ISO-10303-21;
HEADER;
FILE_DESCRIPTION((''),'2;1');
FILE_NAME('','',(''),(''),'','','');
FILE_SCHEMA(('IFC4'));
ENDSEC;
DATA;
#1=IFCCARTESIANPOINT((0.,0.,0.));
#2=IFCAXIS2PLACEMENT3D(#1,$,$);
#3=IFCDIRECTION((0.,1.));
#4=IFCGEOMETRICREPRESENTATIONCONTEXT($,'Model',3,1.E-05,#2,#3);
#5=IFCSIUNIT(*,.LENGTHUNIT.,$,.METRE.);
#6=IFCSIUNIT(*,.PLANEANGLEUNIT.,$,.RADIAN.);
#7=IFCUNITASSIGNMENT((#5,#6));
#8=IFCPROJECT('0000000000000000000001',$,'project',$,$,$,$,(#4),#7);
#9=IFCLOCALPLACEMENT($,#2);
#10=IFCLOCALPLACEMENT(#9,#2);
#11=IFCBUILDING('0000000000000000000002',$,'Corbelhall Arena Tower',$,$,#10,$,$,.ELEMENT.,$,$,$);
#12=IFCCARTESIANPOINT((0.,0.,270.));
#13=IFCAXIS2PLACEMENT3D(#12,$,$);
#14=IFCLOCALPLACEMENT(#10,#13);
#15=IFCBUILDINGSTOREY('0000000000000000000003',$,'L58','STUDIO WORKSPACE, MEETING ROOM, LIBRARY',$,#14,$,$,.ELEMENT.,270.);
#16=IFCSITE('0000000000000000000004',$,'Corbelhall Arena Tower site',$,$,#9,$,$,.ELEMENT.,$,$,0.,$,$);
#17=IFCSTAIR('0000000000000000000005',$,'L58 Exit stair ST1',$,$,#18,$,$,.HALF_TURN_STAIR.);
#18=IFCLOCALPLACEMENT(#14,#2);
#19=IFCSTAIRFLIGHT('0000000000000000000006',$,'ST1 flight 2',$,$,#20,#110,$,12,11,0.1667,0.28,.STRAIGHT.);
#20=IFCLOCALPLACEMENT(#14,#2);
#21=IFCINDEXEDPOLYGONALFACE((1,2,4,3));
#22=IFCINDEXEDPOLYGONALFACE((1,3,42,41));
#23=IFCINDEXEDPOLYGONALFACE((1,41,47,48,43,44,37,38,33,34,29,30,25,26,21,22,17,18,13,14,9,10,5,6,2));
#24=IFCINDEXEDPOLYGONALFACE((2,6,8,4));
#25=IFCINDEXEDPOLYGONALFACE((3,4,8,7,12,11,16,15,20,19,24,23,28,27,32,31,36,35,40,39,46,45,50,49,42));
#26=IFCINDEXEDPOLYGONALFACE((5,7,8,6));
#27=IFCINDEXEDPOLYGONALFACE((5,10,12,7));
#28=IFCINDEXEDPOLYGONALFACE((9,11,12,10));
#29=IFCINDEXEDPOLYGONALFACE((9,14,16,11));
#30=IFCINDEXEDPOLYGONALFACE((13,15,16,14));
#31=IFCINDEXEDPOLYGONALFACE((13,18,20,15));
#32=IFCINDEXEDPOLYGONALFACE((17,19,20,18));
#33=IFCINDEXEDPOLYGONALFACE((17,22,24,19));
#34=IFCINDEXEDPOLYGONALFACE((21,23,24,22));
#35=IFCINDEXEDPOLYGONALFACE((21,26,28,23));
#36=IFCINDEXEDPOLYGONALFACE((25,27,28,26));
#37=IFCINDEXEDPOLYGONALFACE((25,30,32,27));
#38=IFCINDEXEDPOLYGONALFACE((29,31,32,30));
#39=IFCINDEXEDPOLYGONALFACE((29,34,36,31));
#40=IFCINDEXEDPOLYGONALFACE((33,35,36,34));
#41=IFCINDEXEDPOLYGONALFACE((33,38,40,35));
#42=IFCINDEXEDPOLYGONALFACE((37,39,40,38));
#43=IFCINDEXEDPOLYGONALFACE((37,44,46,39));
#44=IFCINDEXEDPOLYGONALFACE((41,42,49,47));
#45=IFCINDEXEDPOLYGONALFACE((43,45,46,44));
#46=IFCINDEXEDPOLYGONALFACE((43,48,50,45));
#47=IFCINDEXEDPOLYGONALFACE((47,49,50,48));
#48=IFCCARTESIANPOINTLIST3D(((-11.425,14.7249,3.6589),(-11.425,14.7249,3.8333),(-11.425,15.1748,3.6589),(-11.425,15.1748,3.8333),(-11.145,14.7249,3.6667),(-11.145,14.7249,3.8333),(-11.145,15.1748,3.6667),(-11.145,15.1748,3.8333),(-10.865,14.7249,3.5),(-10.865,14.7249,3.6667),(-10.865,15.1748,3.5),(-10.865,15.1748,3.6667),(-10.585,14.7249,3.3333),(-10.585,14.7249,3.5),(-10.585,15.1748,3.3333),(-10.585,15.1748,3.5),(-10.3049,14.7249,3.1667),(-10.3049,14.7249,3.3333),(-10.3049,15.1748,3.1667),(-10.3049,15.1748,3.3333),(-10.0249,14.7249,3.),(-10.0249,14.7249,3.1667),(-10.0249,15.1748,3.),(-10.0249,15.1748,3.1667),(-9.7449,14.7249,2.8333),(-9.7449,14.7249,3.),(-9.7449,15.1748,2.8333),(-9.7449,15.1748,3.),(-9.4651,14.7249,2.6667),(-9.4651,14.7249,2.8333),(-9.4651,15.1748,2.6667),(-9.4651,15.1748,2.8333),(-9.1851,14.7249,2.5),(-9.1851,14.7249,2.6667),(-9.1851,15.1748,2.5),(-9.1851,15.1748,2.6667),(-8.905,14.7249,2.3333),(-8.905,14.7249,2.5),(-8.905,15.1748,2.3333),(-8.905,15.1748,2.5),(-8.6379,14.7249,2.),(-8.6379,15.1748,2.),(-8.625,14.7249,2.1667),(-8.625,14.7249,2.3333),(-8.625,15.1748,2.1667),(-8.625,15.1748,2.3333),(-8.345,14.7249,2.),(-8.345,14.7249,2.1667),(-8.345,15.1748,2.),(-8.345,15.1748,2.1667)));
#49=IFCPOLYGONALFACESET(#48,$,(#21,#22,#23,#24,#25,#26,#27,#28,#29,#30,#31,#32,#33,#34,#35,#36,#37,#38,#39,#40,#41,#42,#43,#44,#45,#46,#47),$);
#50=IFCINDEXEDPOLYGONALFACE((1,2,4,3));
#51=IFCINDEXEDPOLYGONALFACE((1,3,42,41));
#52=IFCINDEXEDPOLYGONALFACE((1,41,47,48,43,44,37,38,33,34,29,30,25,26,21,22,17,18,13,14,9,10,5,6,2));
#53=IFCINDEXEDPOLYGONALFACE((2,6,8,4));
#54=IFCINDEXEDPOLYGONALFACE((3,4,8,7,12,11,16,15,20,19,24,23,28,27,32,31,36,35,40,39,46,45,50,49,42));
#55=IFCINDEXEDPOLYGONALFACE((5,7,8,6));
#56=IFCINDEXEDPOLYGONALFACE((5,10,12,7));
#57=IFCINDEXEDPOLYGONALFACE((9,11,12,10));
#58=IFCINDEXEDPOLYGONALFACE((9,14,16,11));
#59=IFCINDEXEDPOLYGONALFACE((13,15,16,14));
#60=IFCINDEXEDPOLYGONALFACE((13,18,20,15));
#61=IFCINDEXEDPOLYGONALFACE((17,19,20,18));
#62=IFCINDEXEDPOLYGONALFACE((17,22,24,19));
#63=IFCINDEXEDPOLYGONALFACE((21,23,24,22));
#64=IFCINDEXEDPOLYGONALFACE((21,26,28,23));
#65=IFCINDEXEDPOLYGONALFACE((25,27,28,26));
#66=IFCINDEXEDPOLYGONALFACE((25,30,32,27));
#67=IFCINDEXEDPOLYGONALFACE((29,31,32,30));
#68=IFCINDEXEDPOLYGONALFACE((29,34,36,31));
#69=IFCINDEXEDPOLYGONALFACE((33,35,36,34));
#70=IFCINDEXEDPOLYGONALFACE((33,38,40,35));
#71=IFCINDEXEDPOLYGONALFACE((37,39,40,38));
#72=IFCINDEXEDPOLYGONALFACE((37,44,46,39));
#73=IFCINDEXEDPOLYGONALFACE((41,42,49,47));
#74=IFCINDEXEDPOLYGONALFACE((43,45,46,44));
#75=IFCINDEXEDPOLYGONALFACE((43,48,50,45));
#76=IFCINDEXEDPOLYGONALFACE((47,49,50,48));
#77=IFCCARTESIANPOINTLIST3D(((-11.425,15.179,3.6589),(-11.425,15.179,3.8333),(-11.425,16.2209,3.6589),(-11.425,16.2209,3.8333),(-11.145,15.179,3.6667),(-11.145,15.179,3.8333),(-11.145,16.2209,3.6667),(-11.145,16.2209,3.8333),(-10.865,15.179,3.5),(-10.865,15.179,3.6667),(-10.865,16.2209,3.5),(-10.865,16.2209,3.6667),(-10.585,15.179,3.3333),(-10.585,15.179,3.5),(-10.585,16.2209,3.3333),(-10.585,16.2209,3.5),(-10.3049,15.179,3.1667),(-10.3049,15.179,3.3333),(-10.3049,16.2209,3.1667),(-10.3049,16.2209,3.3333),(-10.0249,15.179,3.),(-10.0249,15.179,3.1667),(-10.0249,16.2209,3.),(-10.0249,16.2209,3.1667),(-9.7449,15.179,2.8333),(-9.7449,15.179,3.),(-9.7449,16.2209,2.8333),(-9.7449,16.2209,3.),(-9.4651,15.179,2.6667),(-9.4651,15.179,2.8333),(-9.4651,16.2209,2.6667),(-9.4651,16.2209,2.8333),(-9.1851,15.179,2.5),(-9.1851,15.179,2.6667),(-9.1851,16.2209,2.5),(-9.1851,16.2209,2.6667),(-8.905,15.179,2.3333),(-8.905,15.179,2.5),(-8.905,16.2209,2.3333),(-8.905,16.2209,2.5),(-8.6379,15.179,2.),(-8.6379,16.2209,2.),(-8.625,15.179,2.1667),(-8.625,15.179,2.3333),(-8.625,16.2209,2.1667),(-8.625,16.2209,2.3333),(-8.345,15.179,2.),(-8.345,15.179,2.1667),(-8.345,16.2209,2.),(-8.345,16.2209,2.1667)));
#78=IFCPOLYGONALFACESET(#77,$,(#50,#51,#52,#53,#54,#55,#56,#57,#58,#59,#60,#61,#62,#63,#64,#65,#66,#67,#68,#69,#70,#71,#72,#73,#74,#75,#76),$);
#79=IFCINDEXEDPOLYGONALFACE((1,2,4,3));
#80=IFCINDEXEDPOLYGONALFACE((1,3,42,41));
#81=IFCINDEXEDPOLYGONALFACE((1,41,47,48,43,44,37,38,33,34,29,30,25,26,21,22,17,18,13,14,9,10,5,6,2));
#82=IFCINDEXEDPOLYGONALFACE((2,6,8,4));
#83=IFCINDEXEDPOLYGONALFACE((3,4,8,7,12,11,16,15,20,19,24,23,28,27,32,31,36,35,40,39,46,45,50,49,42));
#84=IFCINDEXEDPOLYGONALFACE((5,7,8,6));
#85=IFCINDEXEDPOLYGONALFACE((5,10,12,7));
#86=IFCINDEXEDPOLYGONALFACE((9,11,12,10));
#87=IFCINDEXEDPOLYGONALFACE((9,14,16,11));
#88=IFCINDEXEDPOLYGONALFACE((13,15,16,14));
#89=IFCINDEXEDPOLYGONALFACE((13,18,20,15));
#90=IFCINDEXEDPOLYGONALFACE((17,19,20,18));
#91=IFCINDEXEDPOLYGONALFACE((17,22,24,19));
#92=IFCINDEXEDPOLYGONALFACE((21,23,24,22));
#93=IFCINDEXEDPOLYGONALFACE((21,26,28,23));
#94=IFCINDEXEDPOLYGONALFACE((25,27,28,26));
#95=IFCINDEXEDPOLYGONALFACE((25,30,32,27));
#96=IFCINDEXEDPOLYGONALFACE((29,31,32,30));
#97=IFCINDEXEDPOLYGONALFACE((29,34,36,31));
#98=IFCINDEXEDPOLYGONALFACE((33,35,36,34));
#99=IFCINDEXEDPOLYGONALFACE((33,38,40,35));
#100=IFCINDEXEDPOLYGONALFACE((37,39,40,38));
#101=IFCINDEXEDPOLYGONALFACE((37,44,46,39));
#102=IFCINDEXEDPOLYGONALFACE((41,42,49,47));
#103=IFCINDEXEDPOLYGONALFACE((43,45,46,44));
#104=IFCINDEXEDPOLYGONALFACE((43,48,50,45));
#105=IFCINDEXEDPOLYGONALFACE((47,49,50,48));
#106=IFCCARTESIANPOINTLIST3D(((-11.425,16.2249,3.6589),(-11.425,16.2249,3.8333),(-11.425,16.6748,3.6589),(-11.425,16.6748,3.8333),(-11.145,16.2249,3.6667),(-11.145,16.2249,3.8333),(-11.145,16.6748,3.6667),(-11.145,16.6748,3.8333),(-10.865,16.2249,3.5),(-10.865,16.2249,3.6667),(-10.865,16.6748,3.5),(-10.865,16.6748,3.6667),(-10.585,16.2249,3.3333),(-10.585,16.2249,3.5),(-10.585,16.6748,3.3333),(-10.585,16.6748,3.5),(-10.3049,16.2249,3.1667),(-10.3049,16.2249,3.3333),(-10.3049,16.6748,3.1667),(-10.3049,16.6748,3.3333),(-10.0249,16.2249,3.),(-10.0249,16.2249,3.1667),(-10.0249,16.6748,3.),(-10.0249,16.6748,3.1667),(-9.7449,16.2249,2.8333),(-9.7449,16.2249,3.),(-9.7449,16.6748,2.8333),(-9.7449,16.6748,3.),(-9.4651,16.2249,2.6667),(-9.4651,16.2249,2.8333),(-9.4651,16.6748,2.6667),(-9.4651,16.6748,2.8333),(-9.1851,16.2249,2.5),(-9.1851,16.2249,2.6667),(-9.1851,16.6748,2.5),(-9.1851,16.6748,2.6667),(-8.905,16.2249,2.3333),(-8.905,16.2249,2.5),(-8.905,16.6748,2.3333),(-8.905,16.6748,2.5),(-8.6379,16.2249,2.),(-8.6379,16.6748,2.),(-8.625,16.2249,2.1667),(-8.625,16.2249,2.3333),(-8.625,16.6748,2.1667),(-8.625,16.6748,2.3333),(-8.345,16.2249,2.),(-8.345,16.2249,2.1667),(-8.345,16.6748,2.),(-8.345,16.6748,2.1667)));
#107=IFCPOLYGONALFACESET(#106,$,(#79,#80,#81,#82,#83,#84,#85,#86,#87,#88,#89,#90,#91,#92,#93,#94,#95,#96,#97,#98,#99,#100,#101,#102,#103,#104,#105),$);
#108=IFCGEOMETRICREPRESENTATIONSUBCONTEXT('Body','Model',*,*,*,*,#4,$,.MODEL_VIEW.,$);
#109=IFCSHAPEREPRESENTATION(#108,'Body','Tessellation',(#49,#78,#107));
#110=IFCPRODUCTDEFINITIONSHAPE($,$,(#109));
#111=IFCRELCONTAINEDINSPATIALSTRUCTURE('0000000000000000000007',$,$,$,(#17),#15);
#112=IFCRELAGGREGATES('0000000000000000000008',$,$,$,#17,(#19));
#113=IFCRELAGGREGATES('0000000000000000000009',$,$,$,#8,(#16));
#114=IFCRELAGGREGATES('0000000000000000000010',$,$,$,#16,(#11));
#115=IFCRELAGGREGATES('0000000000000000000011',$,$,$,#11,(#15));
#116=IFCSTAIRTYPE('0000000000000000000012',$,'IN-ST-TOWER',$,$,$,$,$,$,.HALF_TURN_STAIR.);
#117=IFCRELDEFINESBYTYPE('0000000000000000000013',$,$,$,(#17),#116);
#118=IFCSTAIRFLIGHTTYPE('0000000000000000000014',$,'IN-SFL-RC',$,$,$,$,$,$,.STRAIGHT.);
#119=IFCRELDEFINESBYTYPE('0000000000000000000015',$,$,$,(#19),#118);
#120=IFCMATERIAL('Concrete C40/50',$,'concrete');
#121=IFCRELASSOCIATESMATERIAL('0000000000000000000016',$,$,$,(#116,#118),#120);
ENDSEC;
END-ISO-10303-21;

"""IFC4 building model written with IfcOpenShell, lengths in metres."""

from ifc_helpers import new_model, si_unit, direction, frame, origin, place, context, subcontext, project, spatial, polyline, outline, extrude, material, type_object, element, aggregate, save


model = new_model("IFC4")

# Units and contexts
model_context = context("Model", 3, precision=1e-05, world=origin(), true_north=direction((0.0, 1.0)))
body_context = subcontext(model_context, "Body", "Model", "MODEL_VIEW")
ifc_project = project(units=[si_unit("LENGTHUNIT", "METRE"), si_unit("PLANEANGLEUNIT", "RADIAN")], contexts=[model_context])

# Site, building, storey
site_placement = place(None, origin())
site = spatial("IfcSite", under=ifc_project, at=site_placement, Name="Corbelhall Arena Tower site", CompositionType="ELEMENT", RefElevation=0.0)
building_placement = place(site_placement, origin())
building = spatial("IfcBuilding", under=site, at=building_placement, Name="Corbelhall Arena Tower", CompositionType="ELEMENT")
storey_placement = place(building_placement, frame((0.0, 0.0, 270.0)))
storey = spatial("IfcBuildingStorey", under=building, at=storey_placement, Name="L58", Description="STUDIO WORKSPACE, MEETING ROOM, LIBRARY", CompositionType="ELEMENT", Elevation=270.0)

# Shared definitions
ifc_material_1 = material(Name="Concrete C40/50", Category="concrete")

# Stair, stair flight
stair_type = type_object("IfcStairType", Name="IN-ST-TOWER", PredefinedType="HALF_TURN_STAIR", material=ifc_material_1)
stair_placement = place(storey_placement, origin())
stair = element("IfcStair", 1, at=stair_placement, inside=storey, type_object=stair_type, Name="L58 Exit stair ST1", PredefinedType="HALF_TURN_STAIR")
stair_flight_type = type_object("IfcStairFlightType", Name="IN-SFL-RC", PredefinedType="STRAIGHT", material=ifc_material_1)
stair_flight_1_placement = place(storey_placement, frame((-8.345, 15.7, 2.0), z_axis=(0.0, 0.0, 1.0), x_axis=(-1.0, 0.0, 0.0)))
stair_flight_1 = element("IfcStairFlight", 2, at=stair_flight_1_placement, type_object=stair_flight_type, Name="ST1 flight 2", NumberOfRisers=12, NumberOfTreads=11, PredefinedType="STRAIGHT", RiserHeight=0.1667, TreadLength=0.28, context=body_context, shape_type="SweptSolid", body=[
    extrude(outline(polyline([(0.0, 0.0), (0.0, 0.1667), (0.28, 0.1667), (0.28, 0.3333), (0.5601, 0.3333), (0.5601, 0.5), (0.8401, 0.5), (0.8401, 0.6667), (1.1201, 0.6667), (1.1201, 0.8333), (1.3999, 0.8333), (1.3999, 1.0), (1.6799, 1.0), (1.6799, 1.1667), (1.96, 1.1667), (1.96, 1.3333), (2.24, 1.3333), (2.24, 1.5), (2.52, 1.5), (2.52, 1.6667), (2.8, 1.6667), (2.8, 1.8333), (3.0801, 1.8333), (3.0801, 2.0), (3.0801, 1.6589), (0.293, 0.0), (0.0, 0.0)])), frame((0.0, 0.9751, 0.0), z_axis=(0.0, -1.0, 0.0), x_axis=(1.0, 0.0, 0.0)), (0.0, 0.0, 1.0), 0.45),
    extrude(outline(polyline([(0.0, 0.0), (0.0, 0.1667), (0.28, 0.1667), (0.28, 0.3333), (0.5601, 0.3333), (0.5601, 0.5), (0.8401, 0.5), (0.8401, 0.6667), (1.1201, 0.6667), (1.1201, 0.8333), (1.3999, 0.8333), (1.3999, 1.0), (1.6799, 1.0), (1.6799, 1.1667), (1.96, 1.1667), (1.96, 1.3333), (2.24, 1.3333), (2.24, 1.5), (2.52, 1.5), (2.52, 1.6667), (2.8, 1.6667), (2.8, 1.8333), (3.0801, 1.8333), (3.0801, 2.0), (3.0801, 1.6589), (0.293, 0.0), (0.0, 0.0)])), frame((0.0, 0.521, 0.0), z_axis=(0.0, -1.0, 0.0), x_axis=(1.0, 0.0, 0.0)), (0.0, 0.0, 1.0), 1.042),
    extrude(outline(polyline([(0.0, 0.0), (0.0, 0.1667), (0.28, 0.1667), (0.28, 0.3333), (0.5601, 0.3333), (0.5601, 0.5), (0.8401, 0.5), (0.8401, 0.6667), (1.1201, 0.6667), (1.1201, 0.8333), (1.3999, 0.8333), (1.3999, 1.0), (1.6799, 1.0), (1.6799, 1.1667), (1.96, 1.1667), (1.96, 1.3333), (2.24, 1.3333), (2.24, 1.5), (2.52, 1.5), (2.52, 1.6667), (2.8, 1.6667), (2.8, 1.8333), (3.0801, 1.8333), (3.0801, 2.0), (3.0801, 1.6589), (0.293, 0.0), (0.0, 0.0)])), frame((0.0, -0.5249, 0.0), z_axis=(0.0, -1.0, 0.0), x_axis=(1.0, 0.0, 0.0)), (0.0, 0.0, 1.0), 0.45),
])
aggregate(stair, [stair_flight_1])

save(model, "model.ifc")
